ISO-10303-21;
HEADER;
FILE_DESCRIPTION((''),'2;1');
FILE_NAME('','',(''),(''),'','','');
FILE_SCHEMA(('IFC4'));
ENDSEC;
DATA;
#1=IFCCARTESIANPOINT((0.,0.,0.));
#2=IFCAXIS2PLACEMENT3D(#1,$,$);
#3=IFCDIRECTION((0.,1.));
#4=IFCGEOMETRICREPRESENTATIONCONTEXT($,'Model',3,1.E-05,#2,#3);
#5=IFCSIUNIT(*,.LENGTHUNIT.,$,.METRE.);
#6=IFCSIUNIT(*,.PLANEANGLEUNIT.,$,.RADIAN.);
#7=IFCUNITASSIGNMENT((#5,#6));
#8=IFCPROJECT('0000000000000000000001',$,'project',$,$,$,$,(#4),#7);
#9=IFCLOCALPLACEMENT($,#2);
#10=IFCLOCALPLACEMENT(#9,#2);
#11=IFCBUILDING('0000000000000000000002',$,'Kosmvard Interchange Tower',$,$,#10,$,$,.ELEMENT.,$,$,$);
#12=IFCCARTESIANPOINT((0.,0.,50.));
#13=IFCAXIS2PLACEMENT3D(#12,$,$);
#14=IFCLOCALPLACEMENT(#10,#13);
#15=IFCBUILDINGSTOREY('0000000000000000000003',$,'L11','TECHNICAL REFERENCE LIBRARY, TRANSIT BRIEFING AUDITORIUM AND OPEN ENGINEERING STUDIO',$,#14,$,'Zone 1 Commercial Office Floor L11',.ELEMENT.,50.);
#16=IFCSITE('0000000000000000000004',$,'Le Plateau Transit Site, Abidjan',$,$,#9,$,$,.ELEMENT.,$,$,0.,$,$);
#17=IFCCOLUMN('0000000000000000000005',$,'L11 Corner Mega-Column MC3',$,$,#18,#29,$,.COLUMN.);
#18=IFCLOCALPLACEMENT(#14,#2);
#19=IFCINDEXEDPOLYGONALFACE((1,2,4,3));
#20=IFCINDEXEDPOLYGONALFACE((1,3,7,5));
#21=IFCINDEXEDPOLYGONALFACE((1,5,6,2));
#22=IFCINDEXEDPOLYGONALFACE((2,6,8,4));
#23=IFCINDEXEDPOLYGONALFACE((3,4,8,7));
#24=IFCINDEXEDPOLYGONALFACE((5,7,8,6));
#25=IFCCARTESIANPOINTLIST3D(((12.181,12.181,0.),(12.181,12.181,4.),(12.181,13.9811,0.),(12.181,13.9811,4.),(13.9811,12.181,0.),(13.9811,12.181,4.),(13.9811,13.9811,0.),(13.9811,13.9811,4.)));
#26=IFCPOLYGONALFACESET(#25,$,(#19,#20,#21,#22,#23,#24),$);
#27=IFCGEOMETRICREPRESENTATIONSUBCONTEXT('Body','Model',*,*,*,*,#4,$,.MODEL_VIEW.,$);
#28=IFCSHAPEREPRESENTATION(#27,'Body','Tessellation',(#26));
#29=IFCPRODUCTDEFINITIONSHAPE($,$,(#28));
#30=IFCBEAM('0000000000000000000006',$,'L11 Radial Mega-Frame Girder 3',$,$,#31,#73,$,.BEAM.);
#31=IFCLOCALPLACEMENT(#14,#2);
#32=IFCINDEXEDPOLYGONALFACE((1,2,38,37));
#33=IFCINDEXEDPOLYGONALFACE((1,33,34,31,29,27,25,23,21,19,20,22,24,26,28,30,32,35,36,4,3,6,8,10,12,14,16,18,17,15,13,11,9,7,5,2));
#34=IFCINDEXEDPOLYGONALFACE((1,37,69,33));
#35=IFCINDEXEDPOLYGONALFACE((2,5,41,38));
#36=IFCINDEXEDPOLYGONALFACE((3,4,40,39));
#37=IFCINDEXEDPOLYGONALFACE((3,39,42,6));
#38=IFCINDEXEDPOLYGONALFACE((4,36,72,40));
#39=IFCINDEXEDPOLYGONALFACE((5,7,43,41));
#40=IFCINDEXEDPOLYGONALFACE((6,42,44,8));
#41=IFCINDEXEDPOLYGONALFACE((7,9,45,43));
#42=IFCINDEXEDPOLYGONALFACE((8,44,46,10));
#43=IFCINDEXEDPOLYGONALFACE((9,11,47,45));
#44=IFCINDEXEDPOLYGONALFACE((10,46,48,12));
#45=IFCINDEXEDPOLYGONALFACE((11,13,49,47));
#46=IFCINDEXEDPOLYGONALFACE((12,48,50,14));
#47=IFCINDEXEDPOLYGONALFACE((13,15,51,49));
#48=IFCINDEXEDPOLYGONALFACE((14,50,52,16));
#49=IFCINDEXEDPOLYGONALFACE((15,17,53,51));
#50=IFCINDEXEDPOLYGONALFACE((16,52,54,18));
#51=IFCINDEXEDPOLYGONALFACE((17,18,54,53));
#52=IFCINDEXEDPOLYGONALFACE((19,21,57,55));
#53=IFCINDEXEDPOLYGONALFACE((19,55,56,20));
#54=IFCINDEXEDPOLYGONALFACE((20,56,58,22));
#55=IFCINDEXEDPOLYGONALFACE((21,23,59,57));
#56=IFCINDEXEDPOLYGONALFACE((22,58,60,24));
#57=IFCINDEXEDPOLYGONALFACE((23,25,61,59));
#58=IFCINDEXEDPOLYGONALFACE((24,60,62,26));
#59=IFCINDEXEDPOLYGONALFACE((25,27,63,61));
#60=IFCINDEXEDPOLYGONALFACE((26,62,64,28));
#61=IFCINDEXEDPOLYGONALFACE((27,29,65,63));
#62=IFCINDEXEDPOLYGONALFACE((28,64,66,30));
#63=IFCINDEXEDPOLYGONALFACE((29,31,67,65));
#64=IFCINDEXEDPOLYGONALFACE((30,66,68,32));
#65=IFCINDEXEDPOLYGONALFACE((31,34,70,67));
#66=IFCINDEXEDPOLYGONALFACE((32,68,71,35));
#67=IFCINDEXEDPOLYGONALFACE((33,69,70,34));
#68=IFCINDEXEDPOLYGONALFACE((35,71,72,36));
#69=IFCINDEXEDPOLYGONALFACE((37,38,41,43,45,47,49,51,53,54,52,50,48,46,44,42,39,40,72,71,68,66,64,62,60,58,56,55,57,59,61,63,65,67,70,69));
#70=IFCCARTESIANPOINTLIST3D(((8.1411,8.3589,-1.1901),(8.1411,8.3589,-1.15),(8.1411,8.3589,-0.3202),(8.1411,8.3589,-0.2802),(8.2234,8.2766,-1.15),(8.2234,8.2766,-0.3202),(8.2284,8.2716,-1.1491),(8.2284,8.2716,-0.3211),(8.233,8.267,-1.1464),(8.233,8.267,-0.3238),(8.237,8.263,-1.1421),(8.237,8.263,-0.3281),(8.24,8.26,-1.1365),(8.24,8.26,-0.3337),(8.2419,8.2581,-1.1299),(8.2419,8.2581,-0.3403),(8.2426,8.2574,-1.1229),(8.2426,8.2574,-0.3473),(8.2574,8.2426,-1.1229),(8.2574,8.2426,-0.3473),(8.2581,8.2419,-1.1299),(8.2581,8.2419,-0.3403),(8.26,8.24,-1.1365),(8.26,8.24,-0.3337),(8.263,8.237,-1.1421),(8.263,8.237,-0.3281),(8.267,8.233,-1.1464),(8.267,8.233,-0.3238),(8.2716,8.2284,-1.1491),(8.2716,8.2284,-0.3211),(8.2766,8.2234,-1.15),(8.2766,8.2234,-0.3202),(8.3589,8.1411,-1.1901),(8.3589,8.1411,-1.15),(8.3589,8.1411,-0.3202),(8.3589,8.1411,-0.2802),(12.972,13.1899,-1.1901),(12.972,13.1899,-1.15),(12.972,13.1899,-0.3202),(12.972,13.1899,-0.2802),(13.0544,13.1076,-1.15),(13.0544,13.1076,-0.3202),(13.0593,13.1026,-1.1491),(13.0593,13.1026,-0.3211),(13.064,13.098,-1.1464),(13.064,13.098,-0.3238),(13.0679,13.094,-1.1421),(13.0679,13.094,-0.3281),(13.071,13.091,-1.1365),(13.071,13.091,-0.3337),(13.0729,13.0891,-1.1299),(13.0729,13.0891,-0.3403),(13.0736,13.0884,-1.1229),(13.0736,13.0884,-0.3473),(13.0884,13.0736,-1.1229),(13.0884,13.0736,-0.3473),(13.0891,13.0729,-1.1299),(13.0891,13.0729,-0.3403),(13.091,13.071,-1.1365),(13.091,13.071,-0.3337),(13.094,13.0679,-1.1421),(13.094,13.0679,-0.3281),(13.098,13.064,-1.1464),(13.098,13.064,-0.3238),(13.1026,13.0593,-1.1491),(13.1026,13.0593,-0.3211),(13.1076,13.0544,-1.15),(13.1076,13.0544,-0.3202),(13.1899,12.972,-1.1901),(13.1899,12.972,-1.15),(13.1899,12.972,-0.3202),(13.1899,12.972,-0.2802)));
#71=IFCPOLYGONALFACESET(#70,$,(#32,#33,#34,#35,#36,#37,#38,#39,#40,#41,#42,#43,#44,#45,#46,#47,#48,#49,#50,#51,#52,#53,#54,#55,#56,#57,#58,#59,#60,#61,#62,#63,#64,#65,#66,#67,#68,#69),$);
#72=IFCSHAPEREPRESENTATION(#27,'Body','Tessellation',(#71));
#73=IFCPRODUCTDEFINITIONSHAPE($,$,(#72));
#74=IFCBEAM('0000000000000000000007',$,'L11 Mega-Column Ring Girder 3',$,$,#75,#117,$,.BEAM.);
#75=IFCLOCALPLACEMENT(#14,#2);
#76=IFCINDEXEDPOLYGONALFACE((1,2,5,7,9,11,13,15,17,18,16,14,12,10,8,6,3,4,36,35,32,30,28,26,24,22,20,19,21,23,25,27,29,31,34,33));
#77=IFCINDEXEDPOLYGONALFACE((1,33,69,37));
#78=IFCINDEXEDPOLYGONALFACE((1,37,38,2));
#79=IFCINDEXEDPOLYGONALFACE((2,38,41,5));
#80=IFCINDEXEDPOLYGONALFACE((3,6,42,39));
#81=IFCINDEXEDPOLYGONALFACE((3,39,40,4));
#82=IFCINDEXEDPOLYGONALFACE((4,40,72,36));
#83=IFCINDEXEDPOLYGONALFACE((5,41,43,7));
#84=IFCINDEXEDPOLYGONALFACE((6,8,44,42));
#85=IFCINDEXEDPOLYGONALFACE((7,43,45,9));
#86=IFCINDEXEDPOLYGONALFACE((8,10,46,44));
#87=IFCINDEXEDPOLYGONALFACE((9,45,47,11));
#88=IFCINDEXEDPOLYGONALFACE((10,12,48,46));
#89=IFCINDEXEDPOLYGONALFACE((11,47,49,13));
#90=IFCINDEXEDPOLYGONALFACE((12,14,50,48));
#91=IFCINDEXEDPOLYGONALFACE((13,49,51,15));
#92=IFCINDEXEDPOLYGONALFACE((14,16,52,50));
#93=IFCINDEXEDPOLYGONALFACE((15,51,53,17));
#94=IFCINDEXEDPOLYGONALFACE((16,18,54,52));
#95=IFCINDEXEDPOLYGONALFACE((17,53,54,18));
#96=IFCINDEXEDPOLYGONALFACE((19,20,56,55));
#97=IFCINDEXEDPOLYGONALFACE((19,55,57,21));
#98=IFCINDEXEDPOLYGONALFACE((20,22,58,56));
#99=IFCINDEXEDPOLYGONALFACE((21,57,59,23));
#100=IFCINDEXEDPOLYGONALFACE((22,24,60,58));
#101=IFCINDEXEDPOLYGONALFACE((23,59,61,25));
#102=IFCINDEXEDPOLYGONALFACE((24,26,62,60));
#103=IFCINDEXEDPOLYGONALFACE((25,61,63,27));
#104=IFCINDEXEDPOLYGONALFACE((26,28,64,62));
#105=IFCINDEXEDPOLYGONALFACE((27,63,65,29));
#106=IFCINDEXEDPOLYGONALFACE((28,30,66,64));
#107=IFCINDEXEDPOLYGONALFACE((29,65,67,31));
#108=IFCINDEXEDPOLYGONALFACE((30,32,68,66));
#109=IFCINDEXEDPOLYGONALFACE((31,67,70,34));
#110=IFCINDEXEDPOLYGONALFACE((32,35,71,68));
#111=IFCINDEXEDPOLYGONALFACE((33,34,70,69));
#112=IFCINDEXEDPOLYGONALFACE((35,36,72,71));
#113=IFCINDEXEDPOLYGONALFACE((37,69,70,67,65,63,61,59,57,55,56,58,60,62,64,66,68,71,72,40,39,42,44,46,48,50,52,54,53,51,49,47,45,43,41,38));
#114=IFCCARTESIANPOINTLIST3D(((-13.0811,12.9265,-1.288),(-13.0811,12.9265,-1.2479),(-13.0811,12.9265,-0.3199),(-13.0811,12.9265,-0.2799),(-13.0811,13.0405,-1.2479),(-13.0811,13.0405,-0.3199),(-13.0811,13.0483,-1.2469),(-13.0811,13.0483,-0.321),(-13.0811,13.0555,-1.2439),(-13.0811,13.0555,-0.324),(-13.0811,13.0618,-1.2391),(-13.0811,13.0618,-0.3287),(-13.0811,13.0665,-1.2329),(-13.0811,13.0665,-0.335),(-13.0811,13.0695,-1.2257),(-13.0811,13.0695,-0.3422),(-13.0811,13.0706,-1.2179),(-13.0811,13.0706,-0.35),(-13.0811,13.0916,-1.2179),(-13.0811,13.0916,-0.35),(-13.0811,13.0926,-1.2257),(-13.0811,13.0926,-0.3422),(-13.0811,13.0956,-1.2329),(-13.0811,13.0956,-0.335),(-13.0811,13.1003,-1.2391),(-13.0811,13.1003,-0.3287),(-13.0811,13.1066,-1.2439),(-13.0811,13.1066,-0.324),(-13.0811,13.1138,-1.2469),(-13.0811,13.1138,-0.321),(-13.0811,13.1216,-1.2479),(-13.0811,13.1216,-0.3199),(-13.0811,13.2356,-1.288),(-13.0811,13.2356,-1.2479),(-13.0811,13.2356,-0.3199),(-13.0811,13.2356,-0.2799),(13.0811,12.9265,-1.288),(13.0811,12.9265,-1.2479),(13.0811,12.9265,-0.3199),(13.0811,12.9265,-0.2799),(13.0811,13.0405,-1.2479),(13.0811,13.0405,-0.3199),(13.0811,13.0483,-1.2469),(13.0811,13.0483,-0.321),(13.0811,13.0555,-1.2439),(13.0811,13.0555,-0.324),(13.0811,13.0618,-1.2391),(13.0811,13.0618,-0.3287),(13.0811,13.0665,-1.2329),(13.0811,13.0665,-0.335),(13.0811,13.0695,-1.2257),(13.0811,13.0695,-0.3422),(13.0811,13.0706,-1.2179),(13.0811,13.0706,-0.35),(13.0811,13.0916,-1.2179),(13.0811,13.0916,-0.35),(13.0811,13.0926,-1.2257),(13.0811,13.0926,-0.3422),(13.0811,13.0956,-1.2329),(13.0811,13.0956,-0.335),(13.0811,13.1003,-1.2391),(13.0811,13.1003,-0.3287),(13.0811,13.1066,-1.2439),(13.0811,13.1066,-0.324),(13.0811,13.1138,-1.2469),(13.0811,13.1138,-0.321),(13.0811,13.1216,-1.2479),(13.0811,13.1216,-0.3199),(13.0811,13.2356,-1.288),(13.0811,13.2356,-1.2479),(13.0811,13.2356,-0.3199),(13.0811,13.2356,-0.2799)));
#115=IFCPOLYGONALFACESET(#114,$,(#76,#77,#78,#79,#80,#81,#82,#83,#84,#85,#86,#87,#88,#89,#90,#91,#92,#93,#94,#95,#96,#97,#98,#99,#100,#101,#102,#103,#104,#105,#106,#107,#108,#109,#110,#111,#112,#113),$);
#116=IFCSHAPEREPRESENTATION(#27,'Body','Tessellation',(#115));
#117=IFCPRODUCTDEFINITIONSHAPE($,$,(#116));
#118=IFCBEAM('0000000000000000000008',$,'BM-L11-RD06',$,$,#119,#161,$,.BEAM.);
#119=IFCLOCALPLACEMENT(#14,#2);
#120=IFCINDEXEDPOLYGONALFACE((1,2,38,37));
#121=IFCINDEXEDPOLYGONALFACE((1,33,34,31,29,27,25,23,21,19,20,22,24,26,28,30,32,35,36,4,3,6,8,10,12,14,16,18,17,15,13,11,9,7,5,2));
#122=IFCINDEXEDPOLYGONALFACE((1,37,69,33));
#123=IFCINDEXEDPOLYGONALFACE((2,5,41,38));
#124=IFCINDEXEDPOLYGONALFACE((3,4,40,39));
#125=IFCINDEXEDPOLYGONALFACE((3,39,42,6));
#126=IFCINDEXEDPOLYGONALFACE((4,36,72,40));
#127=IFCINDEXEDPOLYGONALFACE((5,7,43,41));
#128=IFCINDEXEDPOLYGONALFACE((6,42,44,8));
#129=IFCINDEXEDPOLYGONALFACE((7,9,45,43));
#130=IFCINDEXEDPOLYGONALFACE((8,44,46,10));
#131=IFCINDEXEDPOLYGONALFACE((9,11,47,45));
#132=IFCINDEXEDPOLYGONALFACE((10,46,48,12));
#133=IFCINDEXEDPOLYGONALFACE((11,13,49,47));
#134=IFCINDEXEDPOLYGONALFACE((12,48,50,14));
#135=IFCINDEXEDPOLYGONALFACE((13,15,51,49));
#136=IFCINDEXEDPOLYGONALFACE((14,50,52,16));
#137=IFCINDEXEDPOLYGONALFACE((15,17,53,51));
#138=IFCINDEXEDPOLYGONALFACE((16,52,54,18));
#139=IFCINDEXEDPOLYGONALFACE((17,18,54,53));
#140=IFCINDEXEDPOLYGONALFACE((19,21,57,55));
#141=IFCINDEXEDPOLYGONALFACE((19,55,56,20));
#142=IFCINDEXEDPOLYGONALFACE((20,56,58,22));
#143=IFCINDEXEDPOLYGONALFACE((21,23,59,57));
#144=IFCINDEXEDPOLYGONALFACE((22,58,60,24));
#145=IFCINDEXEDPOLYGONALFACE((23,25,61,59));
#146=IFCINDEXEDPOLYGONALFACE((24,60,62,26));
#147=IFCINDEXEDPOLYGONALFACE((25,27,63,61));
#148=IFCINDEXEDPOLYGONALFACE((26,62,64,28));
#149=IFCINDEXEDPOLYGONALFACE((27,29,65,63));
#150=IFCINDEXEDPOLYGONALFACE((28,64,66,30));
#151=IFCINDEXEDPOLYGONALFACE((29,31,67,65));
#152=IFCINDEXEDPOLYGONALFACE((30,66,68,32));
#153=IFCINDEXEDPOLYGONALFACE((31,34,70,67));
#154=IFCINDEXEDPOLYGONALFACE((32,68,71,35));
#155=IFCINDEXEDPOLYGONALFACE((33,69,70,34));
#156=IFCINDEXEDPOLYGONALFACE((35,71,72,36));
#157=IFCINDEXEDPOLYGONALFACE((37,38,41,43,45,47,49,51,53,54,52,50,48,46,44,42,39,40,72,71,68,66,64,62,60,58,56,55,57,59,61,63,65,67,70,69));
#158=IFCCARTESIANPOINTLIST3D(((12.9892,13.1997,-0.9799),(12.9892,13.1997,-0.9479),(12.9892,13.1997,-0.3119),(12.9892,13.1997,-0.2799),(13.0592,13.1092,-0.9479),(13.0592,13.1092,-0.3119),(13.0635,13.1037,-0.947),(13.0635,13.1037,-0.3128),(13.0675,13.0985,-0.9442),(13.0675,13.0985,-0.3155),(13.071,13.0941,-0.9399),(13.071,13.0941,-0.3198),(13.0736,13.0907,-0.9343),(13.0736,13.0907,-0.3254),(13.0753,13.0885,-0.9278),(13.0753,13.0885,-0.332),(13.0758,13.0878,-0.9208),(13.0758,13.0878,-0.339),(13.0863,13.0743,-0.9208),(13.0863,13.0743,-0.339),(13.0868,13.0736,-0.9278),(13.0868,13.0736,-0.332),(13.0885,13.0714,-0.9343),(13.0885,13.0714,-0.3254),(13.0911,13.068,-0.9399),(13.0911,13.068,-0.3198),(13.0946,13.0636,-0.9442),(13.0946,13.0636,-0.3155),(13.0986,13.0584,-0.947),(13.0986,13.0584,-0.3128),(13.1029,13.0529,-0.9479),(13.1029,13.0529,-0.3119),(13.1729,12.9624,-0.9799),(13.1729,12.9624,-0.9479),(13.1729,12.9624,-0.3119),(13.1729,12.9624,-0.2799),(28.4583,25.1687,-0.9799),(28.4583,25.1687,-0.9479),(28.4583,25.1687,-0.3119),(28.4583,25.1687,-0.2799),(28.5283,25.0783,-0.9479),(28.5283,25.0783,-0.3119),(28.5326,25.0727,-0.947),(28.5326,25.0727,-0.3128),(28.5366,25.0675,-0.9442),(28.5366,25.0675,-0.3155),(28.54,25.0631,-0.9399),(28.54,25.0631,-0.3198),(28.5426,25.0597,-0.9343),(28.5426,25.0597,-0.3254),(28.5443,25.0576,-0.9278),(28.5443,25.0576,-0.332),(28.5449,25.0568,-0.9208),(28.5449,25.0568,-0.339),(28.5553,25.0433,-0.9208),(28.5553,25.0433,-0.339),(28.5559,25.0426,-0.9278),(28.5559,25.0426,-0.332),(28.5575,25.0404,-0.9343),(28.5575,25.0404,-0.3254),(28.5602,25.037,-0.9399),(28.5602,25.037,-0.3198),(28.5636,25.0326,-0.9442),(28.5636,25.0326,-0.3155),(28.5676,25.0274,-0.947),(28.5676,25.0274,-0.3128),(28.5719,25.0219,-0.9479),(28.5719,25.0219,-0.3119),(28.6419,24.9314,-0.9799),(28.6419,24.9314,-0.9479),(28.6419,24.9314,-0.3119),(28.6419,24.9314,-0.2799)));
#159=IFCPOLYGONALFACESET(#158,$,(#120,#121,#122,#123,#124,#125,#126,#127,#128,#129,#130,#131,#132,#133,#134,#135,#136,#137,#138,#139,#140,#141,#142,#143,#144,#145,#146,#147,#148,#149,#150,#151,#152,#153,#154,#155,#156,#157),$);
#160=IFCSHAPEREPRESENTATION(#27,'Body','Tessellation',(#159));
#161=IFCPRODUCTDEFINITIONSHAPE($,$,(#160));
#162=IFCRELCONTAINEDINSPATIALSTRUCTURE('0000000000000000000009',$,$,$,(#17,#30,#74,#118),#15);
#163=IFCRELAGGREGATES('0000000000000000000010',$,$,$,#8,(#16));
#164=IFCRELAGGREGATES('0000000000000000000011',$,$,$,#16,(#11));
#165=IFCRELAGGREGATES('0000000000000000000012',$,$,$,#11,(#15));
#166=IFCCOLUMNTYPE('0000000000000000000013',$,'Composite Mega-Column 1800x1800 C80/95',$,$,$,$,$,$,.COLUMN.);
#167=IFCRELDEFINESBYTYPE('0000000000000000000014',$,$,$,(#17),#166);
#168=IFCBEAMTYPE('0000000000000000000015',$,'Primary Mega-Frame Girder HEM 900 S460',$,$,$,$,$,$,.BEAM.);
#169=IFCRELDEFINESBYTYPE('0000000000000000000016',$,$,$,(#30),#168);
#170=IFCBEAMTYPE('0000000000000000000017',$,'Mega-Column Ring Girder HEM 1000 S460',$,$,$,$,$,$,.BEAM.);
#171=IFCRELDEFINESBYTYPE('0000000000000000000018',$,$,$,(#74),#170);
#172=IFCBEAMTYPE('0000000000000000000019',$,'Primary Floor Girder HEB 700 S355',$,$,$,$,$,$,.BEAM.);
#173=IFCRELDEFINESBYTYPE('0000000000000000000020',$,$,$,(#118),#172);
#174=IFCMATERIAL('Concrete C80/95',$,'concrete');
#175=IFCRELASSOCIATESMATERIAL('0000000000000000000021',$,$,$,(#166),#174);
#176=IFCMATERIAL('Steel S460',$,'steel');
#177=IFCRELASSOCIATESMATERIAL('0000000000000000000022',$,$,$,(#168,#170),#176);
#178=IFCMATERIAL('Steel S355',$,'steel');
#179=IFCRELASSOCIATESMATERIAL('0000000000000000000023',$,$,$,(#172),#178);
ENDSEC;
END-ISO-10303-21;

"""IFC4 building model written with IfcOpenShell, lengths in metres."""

from ifc_helpers import new_model, si_unit, direction, frame, origin, origin_2d, place, context, subcontext, project, spatial, rectangle, i_section, extrude, source, transform, mapped, material, material_profile, profile_set, type_object, element, save


model = new_model("IFC4")

# Units and contexts
model_context = context("Model", 3, precision=1e-05, world=origin(), true_north=direction((0.0, 1.0)))
body_context = subcontext(model_context, "Body", "Model", "MODEL_VIEW")
ifc_project = project(units=[si_unit("LENGTHUNIT", "METRE"), si_unit("PLANEANGLEUNIT", "RADIAN")], contexts=[model_context])

# Site, building, storey
site_placement = place(None, origin())
site = spatial("IfcSite", under=ifc_project, at=site_placement, Name="Le Plateau Transit Site, Abidjan", CompositionType="ELEMENT", RefElevation=0.0)
building_placement = place(site_placement, origin())
building = spatial("IfcBuilding", under=site, at=building_placement, Name="Kosmvard Interchange Tower", CompositionType="ELEMENT")
storey_placement = place(building_placement, frame((0.0, 0.0, 50.0)))
storey = spatial("IfcBuildingStorey", under=building, at=storey_placement, Name="L11", Description="TECHNICAL REFERENCE LIBRARY, TRANSIT BRIEFING AUDITORIUM AND OPEN ENGINEERING STUDIO", LongName="Zone 1 Commercial Office Floor L11", CompositionType="ELEMENT", Elevation=50.0)

# Column
ifc_material_1 = material(Name="Concrete C80/95", Category="concrete")
ifc_material_profile_1 = material_profile(ifc_material_1, rectangle(XDim=1.8, YDim=1.8, at=origin_2d()), Name="MC 1800x1800")
ifc_profile_set_1 = profile_set([ifc_material_profile_1], Name="Concrete C80/95")
column_type = type_object("IfcColumnType", Name="Composite Mega-Column 1800x1800 C80/95", PredefinedType="COLUMN", material=ifc_profile_set_1)
shared_shape_1 = source(origin(), body_context, "Body", "SweptSolid", [
    extrude(rectangle(XDim=1.8, YDim=1.8, at=origin_2d()), origin(), (0.0, 0.0, 1.0), 4.0),
])
column_placement = place(storey_placement, frame((13.0811, 13.0811, 0.0), z_axis=(0.0, 0.0, 1.0), x_axis=(1.0, 0.0, 0.0)))
element("IfcColumn", 1, at=column_placement, inside=storey, type_object=column_type, Name="L11 Corner Mega-Column MC3", PredefinedType="COLUMN", context=body_context, shape_type="MappedRepresentation", body=[
    mapped(shared_shape_1, transform((0.0, 0.0, 0.0), scale=1.0)),
])

# Beams
ifc_material_2 = material(Name="Steel S460", Category="steel")
ifc_material_profile_2 = material_profile(ifc_material_2, i_section(OverallWidth=0.3081, OverallDepth=0.9099, WebThickness=0.021, FlangeThickness=0.04, FilletRadius=0.0271, at=origin_2d()), Name="HEM 900")
ifc_profile_set_2 = profile_set([ifc_material_profile_2], Name="Steel S460")
beam_type_1 = type_object("IfcBeamType", Name="Primary Mega-Frame Girder HEM 900 S460", PredefinedType="BEAM", material=ifc_profile_set_2)
shared_shape_2 = source(origin(), body_context, "Body", "SweptSolid", [
    extrude(i_section(OverallWidth=0.3081, OverallDepth=0.9099, WebThickness=0.021, FlangeThickness=0.04, FilletRadius=0.0271, at=origin_2d()), origin(), (0.0, 0.0, 1.0), 6.832),
])
beam_1_placement = place(storey_placement, frame((8.25, 8.25, -0.7351), z_axis=(0.707107, 0.707107, 0.0), x_axis=(-0.707107, 0.707107, 0.0)))
element("IfcBeam", 2, at=beam_1_placement, inside=storey, type_object=beam_type_1, Name="L11 Radial Mega-Frame Girder 3", PredefinedType="BEAM", context=body_context, shape_type="MappedRepresentation", body=[
    mapped(shared_shape_2, transform((0.0, 0.0, 0.0), scale=1.0)),
])
ifc_material_profile_3 = material_profile(ifc_material_2, i_section(OverallWidth=0.3091, OverallDepth=1.0081, WebThickness=0.021, FlangeThickness=0.04, FilletRadius=0.03, at=origin_2d()), Name="HEM 1000")
ifc_profile_set_3 = profile_set([ifc_material_profile_3], Name="Steel S460")
beam_type_2 = type_object("IfcBeamType", Name="Mega-Column Ring Girder HEM 1000 S460", PredefinedType="BEAM", material=ifc_profile_set_3)
shared_shape_3 = source(origin(), body_context, "Body", "SweptSolid", [
    extrude(i_section(OverallWidth=0.3091, OverallDepth=1.0081, WebThickness=0.021, FlangeThickness=0.04, FilletRadius=0.03, at=origin_2d()), origin(), (0.0, 0.0, 1.0), 26.1621),
])
beam_2_placement = place(storey_placement, frame((13.0811, 13.0811, -0.7839), z_axis=(-1.0, 0.0, 0.0), x_axis=(0.0, -1.0, 0.0)))
element("IfcBeam", 3, at=beam_2_placement, inside=storey, type_object=beam_type_2, Name="L11 Mega-Column Ring Girder 3", PredefinedType="BEAM", context=body_context, shape_type="MappedRepresentation", body=[
    mapped(shared_shape_3, transform((0.0, 0.0, 0.0), scale=1.0)),
])
ifc_material_3 = material(Name="Steel S355", Category="steel")
ifc_material_profile_4 = material_profile(ifc_material_3, i_section(OverallWidth=0.3, OverallDepth=0.7, WebThickness=0.0171, FlangeThickness=0.032, FilletRadius=0.0271, at=origin_2d()), Name="HEB 700")
ifc_profile_set_4 = profile_set([ifc_material_profile_4], Name="Steel S355")
beam_type_3 = type_object("IfcBeamType", Name="Primary Floor Girder HEB 700 S355", PredefinedType="BEAM", material=ifc_profile_set_4)
shared_shape_4 = source(origin(), body_context, "Body", "SweptSolid", [
    extrude(i_section(OverallWidth=0.3, OverallDepth=0.7, WebThickness=0.0171, FlangeThickness=0.032, FilletRadius=0.0271, at=origin_2d()), origin(), (0.0, 0.0, 1.0), 19.5588),
])
for number, where, z_axis, x_axis, name in (
    (4, (13.0811, 13.0811, -0.6299), (0.790897, 0.611949, 0.0), (-0.611949, 0.790897, 0.0), "BM-L11-RD06"),
):
    element("IfcBeam", number, at=place(storey_placement, frame(where, z_axis=z_axis, x_axis=x_axis)), inside=storey, type_object=beam_type_3, Name=name, PredefinedType="BEAM", context=body_context, shape_type="MappedRepresentation", body=[
        mapped(shared_shape_4, transform((0.0, 0.0, 0.0), scale=1.0)),
    ])

save(model, "model.ifc")
